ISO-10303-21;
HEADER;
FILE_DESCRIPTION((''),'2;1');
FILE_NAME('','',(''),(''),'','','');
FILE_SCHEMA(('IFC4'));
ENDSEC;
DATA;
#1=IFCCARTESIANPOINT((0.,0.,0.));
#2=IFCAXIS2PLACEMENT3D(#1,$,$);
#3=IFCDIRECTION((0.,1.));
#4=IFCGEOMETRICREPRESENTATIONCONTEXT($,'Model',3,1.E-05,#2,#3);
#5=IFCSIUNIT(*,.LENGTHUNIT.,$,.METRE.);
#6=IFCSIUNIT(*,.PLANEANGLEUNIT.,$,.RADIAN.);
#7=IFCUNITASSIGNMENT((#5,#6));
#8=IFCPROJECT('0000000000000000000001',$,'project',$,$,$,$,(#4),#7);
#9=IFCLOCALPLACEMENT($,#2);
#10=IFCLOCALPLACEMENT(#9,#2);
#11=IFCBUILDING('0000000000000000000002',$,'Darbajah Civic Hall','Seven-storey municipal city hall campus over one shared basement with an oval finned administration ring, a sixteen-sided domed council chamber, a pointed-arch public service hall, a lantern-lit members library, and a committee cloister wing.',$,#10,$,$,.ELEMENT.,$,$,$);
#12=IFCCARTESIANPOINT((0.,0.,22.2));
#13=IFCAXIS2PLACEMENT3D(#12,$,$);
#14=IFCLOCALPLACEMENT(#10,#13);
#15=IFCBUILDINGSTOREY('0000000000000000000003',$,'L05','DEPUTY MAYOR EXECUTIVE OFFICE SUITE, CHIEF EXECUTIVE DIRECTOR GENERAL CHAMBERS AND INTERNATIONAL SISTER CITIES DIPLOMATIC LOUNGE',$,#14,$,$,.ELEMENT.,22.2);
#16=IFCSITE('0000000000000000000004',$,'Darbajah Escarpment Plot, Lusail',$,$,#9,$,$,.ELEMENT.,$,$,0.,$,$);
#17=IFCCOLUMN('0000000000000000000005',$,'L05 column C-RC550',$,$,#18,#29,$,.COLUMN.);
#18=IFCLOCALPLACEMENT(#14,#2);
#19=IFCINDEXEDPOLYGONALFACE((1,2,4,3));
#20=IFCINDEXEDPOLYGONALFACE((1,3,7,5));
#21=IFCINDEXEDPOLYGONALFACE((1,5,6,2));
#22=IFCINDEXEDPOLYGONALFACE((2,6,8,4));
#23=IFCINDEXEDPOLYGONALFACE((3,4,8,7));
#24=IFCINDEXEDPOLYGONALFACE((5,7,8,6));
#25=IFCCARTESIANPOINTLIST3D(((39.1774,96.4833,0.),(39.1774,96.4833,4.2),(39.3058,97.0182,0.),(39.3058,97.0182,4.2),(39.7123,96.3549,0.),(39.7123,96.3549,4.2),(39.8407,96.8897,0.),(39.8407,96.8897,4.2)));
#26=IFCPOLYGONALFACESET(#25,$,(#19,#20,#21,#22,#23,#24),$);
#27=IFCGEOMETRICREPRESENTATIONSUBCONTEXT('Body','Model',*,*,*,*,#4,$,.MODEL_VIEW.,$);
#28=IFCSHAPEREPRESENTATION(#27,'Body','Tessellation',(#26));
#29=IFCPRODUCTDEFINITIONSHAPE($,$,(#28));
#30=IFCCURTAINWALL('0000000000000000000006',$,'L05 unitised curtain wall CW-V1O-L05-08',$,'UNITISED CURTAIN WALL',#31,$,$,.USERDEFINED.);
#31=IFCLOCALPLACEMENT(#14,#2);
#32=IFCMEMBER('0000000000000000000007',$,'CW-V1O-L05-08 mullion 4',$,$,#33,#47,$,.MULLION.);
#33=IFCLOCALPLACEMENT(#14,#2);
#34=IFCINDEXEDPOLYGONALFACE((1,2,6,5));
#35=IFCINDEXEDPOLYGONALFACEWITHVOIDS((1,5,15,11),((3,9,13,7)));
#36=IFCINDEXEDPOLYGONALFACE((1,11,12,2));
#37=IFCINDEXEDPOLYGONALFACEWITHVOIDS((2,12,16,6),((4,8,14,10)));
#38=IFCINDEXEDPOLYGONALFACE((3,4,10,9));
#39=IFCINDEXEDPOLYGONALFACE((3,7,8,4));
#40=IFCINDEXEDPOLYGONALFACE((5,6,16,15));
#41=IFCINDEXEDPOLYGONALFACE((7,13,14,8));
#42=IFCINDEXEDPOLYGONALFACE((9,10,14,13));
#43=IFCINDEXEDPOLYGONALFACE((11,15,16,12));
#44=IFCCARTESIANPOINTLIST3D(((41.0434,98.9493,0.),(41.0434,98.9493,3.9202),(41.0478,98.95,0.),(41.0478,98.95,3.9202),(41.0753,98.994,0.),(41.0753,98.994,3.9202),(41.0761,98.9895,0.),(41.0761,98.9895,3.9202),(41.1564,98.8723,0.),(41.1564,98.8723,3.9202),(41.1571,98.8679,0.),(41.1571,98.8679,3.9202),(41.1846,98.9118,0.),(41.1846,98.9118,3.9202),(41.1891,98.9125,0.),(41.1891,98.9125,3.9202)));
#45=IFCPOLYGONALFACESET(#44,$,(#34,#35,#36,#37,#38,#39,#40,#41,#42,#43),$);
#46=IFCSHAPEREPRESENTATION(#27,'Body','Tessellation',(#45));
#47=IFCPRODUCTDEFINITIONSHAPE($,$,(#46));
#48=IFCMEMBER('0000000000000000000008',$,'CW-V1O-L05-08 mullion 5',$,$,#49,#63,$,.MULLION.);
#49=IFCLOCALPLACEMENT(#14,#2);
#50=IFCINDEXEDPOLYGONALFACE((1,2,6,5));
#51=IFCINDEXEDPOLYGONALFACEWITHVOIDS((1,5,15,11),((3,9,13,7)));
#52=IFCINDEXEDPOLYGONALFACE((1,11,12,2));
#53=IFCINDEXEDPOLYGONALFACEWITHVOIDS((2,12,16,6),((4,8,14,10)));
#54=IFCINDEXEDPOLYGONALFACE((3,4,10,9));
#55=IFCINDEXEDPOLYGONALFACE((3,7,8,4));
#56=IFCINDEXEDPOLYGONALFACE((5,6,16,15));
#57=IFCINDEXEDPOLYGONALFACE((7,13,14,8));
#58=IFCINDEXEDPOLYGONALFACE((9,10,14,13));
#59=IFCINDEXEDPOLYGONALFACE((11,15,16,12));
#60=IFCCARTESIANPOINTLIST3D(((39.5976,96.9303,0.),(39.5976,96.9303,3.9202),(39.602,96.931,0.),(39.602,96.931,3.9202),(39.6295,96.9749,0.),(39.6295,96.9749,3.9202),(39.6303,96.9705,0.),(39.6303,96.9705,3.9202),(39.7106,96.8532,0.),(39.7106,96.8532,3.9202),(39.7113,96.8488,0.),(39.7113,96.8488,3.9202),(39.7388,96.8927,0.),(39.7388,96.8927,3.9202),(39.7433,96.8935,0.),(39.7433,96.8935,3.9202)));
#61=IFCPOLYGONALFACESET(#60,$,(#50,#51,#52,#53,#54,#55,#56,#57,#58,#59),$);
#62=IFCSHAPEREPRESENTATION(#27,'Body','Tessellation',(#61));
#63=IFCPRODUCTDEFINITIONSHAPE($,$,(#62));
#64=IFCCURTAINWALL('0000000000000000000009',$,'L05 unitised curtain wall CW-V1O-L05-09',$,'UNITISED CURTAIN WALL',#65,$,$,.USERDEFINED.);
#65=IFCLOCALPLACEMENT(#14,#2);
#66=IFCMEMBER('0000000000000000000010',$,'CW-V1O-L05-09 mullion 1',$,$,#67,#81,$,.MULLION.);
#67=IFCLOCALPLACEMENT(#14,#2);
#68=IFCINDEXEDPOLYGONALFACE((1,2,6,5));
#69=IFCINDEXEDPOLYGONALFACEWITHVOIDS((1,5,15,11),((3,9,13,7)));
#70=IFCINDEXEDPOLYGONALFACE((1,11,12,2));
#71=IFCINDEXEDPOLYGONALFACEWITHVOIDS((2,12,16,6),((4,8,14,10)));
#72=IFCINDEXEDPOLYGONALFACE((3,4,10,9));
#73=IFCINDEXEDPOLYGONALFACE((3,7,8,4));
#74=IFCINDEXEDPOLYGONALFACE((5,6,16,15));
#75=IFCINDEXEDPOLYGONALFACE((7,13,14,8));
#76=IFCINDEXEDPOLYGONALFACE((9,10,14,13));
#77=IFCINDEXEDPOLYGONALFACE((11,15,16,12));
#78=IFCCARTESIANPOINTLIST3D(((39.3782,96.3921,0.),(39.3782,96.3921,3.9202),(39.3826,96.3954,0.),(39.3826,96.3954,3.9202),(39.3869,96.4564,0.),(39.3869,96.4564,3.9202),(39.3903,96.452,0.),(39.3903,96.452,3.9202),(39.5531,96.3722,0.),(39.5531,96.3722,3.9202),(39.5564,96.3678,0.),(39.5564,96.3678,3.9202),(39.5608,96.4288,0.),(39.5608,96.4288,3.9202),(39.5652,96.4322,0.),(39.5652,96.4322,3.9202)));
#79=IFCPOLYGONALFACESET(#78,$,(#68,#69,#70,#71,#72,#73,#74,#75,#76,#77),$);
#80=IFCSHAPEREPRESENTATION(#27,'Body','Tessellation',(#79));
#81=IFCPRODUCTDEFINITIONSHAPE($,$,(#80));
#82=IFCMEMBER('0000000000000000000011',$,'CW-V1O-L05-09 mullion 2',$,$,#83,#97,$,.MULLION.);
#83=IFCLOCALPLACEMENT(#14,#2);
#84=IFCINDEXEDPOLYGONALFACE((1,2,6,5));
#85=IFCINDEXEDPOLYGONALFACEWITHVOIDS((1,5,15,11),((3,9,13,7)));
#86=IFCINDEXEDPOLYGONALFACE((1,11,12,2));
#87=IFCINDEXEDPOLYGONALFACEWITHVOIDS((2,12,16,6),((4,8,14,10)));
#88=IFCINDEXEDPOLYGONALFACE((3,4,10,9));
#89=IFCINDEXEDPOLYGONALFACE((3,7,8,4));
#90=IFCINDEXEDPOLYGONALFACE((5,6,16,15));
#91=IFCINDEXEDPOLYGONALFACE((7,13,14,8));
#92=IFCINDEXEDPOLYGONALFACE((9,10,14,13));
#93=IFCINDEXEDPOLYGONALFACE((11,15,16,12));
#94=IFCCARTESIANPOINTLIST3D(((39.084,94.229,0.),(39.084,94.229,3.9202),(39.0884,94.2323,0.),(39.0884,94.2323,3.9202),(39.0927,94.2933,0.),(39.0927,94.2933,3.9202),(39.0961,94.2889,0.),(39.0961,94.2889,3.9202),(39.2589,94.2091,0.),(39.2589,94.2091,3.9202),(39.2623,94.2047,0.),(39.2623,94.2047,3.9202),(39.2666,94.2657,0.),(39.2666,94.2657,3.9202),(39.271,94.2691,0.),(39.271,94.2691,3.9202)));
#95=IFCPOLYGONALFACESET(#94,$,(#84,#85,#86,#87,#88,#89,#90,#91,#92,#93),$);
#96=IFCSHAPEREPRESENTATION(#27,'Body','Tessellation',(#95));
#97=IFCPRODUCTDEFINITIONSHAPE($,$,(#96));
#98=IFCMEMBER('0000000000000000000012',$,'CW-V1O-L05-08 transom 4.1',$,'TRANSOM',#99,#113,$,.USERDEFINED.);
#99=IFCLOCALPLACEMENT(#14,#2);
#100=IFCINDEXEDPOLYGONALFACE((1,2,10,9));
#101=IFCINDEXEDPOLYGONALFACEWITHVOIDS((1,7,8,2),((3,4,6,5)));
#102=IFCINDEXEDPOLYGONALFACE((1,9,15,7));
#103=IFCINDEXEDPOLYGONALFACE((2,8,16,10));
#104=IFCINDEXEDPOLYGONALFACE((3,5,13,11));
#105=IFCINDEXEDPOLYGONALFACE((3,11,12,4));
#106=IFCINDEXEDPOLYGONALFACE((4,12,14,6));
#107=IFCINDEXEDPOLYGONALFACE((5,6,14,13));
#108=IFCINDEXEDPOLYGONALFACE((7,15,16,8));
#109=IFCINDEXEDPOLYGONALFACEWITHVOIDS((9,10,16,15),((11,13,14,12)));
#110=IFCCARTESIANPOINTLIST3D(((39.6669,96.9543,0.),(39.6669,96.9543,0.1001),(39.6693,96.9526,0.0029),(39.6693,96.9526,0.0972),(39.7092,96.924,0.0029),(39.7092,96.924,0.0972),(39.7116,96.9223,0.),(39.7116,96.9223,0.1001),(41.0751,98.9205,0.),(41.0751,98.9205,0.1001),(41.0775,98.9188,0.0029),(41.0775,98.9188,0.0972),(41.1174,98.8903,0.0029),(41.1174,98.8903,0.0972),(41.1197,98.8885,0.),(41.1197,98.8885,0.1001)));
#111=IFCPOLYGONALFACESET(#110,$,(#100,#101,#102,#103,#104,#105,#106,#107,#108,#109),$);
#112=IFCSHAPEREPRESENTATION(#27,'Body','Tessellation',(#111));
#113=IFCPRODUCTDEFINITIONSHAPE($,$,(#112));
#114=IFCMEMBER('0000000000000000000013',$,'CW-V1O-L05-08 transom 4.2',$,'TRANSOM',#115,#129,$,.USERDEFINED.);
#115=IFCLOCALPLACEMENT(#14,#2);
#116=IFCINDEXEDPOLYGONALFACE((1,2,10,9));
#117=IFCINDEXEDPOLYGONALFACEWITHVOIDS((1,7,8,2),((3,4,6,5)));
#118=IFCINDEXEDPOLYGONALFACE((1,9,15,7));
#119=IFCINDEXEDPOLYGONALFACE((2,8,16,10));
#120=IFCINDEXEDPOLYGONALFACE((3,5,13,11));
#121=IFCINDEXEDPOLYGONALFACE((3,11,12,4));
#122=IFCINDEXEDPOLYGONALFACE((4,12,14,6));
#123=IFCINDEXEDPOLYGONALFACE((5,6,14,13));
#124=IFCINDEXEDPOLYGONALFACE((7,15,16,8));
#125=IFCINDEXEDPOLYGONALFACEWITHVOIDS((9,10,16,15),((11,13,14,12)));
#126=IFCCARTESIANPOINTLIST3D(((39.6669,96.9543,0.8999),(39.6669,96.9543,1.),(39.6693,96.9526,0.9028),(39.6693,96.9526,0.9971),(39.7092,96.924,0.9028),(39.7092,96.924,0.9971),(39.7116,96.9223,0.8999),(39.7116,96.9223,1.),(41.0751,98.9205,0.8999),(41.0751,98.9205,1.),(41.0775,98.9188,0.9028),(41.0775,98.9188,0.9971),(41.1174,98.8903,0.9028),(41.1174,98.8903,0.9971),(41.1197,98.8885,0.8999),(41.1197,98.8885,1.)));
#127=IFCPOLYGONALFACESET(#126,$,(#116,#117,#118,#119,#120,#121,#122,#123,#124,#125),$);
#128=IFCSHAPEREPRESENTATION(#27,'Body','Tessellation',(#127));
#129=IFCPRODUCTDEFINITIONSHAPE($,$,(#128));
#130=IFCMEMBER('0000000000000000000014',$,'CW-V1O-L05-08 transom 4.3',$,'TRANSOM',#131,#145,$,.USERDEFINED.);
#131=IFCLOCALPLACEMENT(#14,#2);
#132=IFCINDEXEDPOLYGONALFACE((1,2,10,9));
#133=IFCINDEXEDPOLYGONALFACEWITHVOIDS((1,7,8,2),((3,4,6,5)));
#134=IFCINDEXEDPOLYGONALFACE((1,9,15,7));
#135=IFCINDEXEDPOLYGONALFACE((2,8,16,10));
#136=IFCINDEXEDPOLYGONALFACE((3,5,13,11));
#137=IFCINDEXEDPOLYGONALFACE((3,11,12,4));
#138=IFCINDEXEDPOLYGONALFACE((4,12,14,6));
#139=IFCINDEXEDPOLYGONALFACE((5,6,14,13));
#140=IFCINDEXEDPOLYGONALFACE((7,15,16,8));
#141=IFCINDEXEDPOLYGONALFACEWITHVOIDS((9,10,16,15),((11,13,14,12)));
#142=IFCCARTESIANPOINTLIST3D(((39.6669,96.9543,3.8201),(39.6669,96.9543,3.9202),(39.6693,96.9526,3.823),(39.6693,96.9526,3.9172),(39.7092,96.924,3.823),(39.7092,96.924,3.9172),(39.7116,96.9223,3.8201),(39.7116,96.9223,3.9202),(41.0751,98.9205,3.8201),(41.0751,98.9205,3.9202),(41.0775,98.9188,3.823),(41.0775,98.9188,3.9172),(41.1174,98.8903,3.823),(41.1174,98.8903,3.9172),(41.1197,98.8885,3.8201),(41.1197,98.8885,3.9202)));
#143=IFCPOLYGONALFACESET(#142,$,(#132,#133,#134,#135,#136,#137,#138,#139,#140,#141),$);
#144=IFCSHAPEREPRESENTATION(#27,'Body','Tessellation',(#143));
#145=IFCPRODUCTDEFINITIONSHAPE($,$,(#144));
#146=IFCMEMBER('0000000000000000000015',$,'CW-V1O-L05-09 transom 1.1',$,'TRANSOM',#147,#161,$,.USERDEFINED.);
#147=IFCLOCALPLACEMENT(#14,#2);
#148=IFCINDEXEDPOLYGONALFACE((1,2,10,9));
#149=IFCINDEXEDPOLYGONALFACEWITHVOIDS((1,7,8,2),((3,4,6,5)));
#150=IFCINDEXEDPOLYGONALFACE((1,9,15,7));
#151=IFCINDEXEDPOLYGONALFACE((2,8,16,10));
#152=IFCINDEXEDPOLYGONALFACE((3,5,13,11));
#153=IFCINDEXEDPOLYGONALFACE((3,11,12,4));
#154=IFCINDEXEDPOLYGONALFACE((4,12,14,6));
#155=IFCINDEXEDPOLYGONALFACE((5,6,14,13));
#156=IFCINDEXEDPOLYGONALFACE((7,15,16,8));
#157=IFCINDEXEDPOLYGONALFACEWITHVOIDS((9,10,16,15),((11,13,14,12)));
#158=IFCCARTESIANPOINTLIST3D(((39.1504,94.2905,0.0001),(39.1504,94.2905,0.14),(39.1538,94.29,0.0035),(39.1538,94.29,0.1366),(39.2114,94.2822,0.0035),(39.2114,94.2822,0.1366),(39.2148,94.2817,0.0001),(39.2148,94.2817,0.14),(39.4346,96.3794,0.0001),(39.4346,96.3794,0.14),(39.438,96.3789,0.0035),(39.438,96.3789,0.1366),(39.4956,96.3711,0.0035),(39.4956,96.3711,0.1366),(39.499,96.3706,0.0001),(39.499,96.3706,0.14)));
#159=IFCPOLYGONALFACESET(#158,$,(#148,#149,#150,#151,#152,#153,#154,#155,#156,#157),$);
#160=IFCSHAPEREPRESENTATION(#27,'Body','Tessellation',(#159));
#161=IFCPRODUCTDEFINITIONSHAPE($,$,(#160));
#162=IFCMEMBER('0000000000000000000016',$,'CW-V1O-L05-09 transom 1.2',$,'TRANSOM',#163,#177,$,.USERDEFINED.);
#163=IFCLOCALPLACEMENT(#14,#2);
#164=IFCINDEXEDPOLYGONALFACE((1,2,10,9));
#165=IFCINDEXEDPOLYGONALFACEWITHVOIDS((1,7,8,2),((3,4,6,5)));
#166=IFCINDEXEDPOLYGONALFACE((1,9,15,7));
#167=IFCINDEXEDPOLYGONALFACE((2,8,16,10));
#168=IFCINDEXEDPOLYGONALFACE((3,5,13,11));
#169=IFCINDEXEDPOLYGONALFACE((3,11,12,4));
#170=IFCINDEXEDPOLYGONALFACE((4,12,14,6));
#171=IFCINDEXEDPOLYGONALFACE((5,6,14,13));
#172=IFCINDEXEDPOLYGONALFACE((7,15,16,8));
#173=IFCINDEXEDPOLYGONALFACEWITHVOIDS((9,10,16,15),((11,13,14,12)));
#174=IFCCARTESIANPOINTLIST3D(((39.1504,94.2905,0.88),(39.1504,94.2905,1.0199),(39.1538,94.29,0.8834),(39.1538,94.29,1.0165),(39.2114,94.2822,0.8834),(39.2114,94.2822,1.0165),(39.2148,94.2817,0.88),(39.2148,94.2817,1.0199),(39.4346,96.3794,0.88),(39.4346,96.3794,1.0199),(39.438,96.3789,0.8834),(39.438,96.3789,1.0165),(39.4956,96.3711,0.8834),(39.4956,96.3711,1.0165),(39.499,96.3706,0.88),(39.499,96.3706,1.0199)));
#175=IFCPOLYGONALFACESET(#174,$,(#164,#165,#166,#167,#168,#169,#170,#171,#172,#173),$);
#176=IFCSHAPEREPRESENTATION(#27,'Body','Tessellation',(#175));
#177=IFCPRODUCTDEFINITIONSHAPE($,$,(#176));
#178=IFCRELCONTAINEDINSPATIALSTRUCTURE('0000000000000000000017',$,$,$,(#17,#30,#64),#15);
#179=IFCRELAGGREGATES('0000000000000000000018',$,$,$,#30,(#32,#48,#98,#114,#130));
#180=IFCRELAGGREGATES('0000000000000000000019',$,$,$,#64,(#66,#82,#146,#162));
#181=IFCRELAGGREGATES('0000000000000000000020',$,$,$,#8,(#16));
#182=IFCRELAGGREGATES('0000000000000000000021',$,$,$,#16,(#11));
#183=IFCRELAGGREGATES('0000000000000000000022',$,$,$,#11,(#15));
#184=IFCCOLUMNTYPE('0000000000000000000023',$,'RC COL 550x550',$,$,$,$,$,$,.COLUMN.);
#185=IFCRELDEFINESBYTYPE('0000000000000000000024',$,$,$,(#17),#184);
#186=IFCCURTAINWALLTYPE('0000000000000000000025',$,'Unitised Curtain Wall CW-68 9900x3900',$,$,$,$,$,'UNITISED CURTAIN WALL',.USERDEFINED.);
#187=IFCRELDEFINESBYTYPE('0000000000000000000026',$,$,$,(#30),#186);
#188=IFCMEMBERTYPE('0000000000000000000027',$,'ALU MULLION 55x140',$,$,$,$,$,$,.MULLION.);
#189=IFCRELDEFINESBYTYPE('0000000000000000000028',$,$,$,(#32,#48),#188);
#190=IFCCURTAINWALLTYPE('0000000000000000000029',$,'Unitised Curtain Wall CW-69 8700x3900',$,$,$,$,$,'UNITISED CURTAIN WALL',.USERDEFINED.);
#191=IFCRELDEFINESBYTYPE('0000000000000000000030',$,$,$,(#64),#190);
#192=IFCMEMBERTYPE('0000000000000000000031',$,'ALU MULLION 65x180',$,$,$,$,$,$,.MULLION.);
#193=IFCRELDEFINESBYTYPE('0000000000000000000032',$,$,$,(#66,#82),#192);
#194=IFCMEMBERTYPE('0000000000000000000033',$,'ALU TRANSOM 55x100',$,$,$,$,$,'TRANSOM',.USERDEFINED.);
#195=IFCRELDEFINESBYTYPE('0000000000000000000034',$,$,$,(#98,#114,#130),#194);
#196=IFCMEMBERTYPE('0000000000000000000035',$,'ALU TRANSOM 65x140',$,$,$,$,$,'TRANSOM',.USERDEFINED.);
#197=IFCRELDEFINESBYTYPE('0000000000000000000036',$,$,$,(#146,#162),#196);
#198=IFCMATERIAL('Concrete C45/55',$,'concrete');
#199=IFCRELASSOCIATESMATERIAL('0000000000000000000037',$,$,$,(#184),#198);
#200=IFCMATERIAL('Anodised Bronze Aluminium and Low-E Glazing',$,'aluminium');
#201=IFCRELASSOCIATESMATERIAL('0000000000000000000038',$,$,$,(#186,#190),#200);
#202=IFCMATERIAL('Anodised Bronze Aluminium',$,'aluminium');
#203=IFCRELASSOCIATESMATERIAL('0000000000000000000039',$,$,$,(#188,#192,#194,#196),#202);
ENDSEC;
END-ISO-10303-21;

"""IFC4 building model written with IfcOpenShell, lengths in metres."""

from ifc_helpers import new_model, si_unit, direction, frame, origin, origin_2d, place, context, subcontext, project, spatial, rectangle, hollow_rectangle, extrude, material, material_profile, profile_set, type_object, element, aggregate, save


model = new_model("IFC4")

# Units and contexts
model_context = context("Model", 3, precision=1e-05, world=origin(), true_north=direction((0.0, 1.0)))
body_context = subcontext(model_context, "Body", "Model", "MODEL_VIEW")
ifc_project = project(units=[si_unit("LENGTHUNIT", "METRE"), si_unit("PLANEANGLEUNIT", "RADIAN")], contexts=[model_context])

# Site, building, storey
site_placement = place(None, origin())
site = spatial("IfcSite", under=ifc_project, at=site_placement, Name="Darbajah Escarpment Plot, Lusail", CompositionType="ELEMENT", RefElevation=0.0)
building_placement = place(site_placement, origin())
building = spatial("IfcBuilding", under=site, at=building_placement, Name="Darbajah Civic Hall", Description="Seven-storey municipal city hall campus over one shared basement with an oval finned administration ring, a sixteen-sided domed council chamber, a pointed-arch public service hall, a lantern-lit members library, and a committee cloister wing.", CompositionType="ELEMENT")
storey_placement = place(building_placement, frame((0.0, 0.0, 22.2)))
storey = spatial("IfcBuildingStorey", under=building, at=storey_placement, Name="L05", Description="DEPUTY MAYOR EXECUTIVE OFFICE SUITE, CHIEF EXECUTIVE DIRECTOR GENERAL CHAMBERS AND INTERNATIONAL SISTER CITIES DIPLOMATIC LOUNGE", CompositionType="ELEMENT", Elevation=22.2)

# Column
ifc_material_1 = material(Name="Concrete C45/55", Category="concrete")
ifc_material_profile_1 = material_profile(ifc_material_1, rectangle(XDim=0.55, YDim=0.55, at=origin_2d()), Name="RC COL 550x550")
ifc_profile_set_1 = profile_set([ifc_material_profile_1], Name="Concrete C45/55")
column_type = type_object("IfcColumnType", Name="RC COL 550x550", PredefinedType="COLUMN", material=ifc_profile_set_1)
column_placement = place(storey_placement, frame((39.509, 96.6865, 0.0), z_axis=(0.0, 0.0, 1.0), x_axis=(-0.97237, 0.233445, 0.0)))
element("IfcColumn", 1, at=column_placement, inside=storey, type_object=column_type, Name="L05 column C-RC550", PredefinedType="COLUMN", context=body_context, shape_type="SweptSolid", body=[
    extrude(rectangle(XDim=0.55, YDim=0.55, at=origin_2d()), origin(), (0.0, 0.0, 1.0), 4.2),
])

# Curtain walls, members
ifc_material_2 = material(Name="Anodised Bronze Aluminium and Low-E Glazing", Category="aluminium")
curtain_wall_type_1 = type_object("IfcCurtainWallType", Name="Unitised Curtain Wall CW-68 9900x3900", ElementType="UNITISED CURTAIN WALL", PredefinedType="USERDEFINED", material=ifc_material_2)
curtain_wall_1_placement = place(storey_placement, origin())
curtain_wall_1 = element("IfcCurtainWall", 2, at=curtain_wall_1_placement, inside=storey, type_object=curtain_wall_type_1, Name="L05 unitised curtain wall CW-V1O-L05-08", ObjectType="UNITISED CURTAIN WALL", PredefinedType="USERDEFINED")
ifc_material_3 = material(Name="Anodised Bronze Aluminium", Category="aluminium")
ifc_material_profile_2 = material_profile(ifc_material_3, hollow_rectangle(XDim=0.0549, YDim=0.1399, WallThickness=0.0032, at=origin_2d()), Name="ALU MULLION 55x140")
ifc_profile_set_2 = profile_set([ifc_material_profile_2], Name="Anodised Bronze Aluminium")
member_type_1 = type_object("IfcMemberType", Name="ALU MULLION 55x140", PredefinedType="MULLION", material=ifc_profile_set_2)
member_1_placement = place(storey_placement, frame((41.1162, 98.9309, 0.0), z_axis=(0.0, 0.0, 1.0), x_axis=(-0.582265, -0.812999, 0.0)))
member_1 = element("IfcMember", 3, at=member_1_placement, type_object=member_type_1, Name="CW-V1O-L05-08 mullion 4", PredefinedType="MULLION", context=body_context, shape_type="SweptSolid", body=[
    extrude(hollow_rectangle(XDim=0.0549, YDim=0.1399, WallThickness=0.0032, at=origin_2d()), origin(), (0.0, 0.0, 1.0), 3.9202),
])
member_2_placement = place(storey_placement, frame((39.6704, 96.9119, 0.0), z_axis=(0.0, 0.0, 1.0), x_axis=(-0.582265, -0.812999, 0.0)))
member_2 = element("IfcMember", 4, at=member_2_placement, type_object=member_type_1, Name="CW-V1O-L05-08 mullion 5", PredefinedType="MULLION", context=body_context, shape_type="SweptSolid", body=[
    extrude(hollow_rectangle(XDim=0.0549, YDim=0.1399, WallThickness=0.0032, at=origin_2d()), origin(), (0.0, 0.0, 1.0), 3.9202),
])
curtain_wall_type_2 = type_object("IfcCurtainWallType", Name="Unitised Curtain Wall CW-69 8700x3900", ElementType="UNITISED CURTAIN WALL", PredefinedType="USERDEFINED", material=ifc_material_2)
curtain_wall_2_placement = place(storey_placement, origin())
curtain_wall_2 = element("IfcCurtainWall", 5, at=curtain_wall_2_placement, inside=storey, type_object=curtain_wall_type_2, Name="L05 unitised curtain wall CW-V1O-L05-09", ObjectType="UNITISED CURTAIN WALL", PredefinedType="USERDEFINED")
ifc_material_profile_3 = material_profile(ifc_material_3, hollow_rectangle(XDim=0.0649, YDim=0.1799, WallThickness=0.0039, at=origin_2d()), Name="ALU MULLION 65x180")
ifc_profile_set_3 = profile_set([ifc_material_profile_3], Name="Anodised Bronze Aluminium")
member_type_2 = type_object("IfcMemberType", Name="ALU MULLION 65x180", PredefinedType="MULLION", material=ifc_profile_set_3)
member_3_placement = place(storey_placement, frame((39.4717, 96.4121, 0.0), z_axis=(0.0, 0.0, 1.0), x_axis=(-0.134851, -0.990866, 0.0)))
member_3 = element("IfcMember", 6, at=member_3_placement, type_object=member_type_2, Name="CW-V1O-L05-09 mullion 1", PredefinedType="MULLION", context=body_context, shape_type="SweptSolid", body=[
    extrude(hollow_rectangle(XDim=0.0649, YDim=0.1799, WallThickness=0.0039, at=origin_2d()), origin(), (0.0, 0.0, 1.0), 3.9202),
])
member_4_placement = place(storey_placement, frame((39.1775, 94.249, 0.0), z_axis=(0.0, 0.0, 1.0), x_axis=(-0.134851, -0.990866, 0.0)))
member_4 = element("IfcMember", 7, at=member_4_placement, type_object=member_type_2, Name="CW-V1O-L05-09 mullion 2", PredefinedType="MULLION", context=body_context, shape_type="SweptSolid", body=[
    extrude(hollow_rectangle(XDim=0.0649, YDim=0.1799, WallThickness=0.0039, at=origin_2d()), origin(), (0.0, 0.0, 1.0), 3.9202),
])

# Members
ifc_material_profile_4 = material_profile(ifc_material_3, hollow_rectangle(XDim=0.0549, YDim=0.1001, WallThickness=0.0029, at=origin_2d()), Name="ALU TRANSOM 55x100")
ifc_profile_set_4 = profile_set([ifc_material_profile_4], Name="Anodised Bronze Aluminium")
member_type_3 = type_object("IfcMemberType", Name="ALU TRANSOM 55x100", ElementType="TRANSOM", PredefinedType="USERDEFINED", material=ifc_profile_set_4)
member_5_placement = place(storey_placement, frame((41.0974, 98.9045, 0.05), z_axis=(-0.58225, -0.81301, 0.0), x_axis=(0.81301, -0.58225, 0.0)))
member_5 = element("IfcMember", 8, at=member_5_placement, type_object=member_type_3, Name="CW-V1O-L05-08 transom 4.1", ObjectType="TRANSOM", PredefinedType="USERDEFINED", context=body_context, shape_type="SweptSolid", body=[
    extrude(hollow_rectangle(XDim=0.0549, YDim=0.1001, WallThickness=0.0029, at=origin_2d()), origin(), (0.0, 0.0, 1.0), 2.4185),
])
member_6_placement = place(storey_placement, frame((41.0974, 98.9045, 0.95), z_axis=(-0.58225, -0.81301, 0.0), x_axis=(0.81301, -0.58225, 0.0)))
member_6 = element("IfcMember", 9, at=member_6_placement, type_object=member_type_3, Name="CW-V1O-L05-08 transom 4.2", ObjectType="TRANSOM", PredefinedType="USERDEFINED", context=body_context, shape_type="SweptSolid", body=[
    extrude(hollow_rectangle(XDim=0.0549, YDim=0.1001, WallThickness=0.0029, at=origin_2d()), origin(), (0.0, 0.0, 1.0), 2.4185),
])
member_7_placement = place(storey_placement, frame((41.0974, 98.9045, 3.8701), z_axis=(-0.58225, -0.81301, 0.0), x_axis=(0.81301, -0.58225, 0.0)))
member_7 = element("IfcMember", 10, at=member_7_placement, type_object=member_type_3, Name="CW-V1O-L05-08 transom 4.3", ObjectType="TRANSOM", PredefinedType="USERDEFINED", context=body_context, shape_type="SweptSolid", body=[
    extrude(hollow_rectangle(XDim=0.0549, YDim=0.1001, WallThickness=0.0029, at=origin_2d()), origin(), (0.0, 0.0, 1.0), 2.4185),
])
ifc_material_profile_5 = material_profile(ifc_material_3, hollow_rectangle(XDim=0.0649, YDim=0.1399, WallThickness=0.0034, at=origin_2d()), Name="ALU TRANSOM 65x140")
ifc_profile_set_5 = profile_set([ifc_material_profile_5], Name="Anodised Bronze Aluminium")
member_type_4 = type_object("IfcMemberType", Name="ALU TRANSOM 65x140", ElementType="TRANSOM", PredefinedType="USERDEFINED", material=ifc_profile_set_5)
member_8_placement = place(storey_placement, frame((39.4668, 96.375, 0.0701), z_axis=(-0.134803, -0.990872, 0.0), x_axis=(0.990872, -0.134803, 0.0)))
member_8 = element("IfcMember", 11, at=member_8_placement, type_object=member_type_4, Name="CW-V1O-L05-09 transom 1.1", ObjectType="TRANSOM", PredefinedType="USERDEFINED", context=body_context, shape_type="SweptSolid", body=[
    extrude(hollow_rectangle(XDim=0.0649, YDim=0.1399, WallThickness=0.0034, at=origin_2d()), origin(), (0.0, 0.0, 1.0), 2.1082),
])
member_9_placement = place(storey_placement, frame((39.4668, 96.375, 0.95), z_axis=(-0.134803, -0.990872, 0.0), x_axis=(0.990872, -0.134803, 0.0)))
member_9 = element("IfcMember", 12, at=member_9_placement, type_object=member_type_4, Name="CW-V1O-L05-09 transom 1.2", ObjectType="TRANSOM", PredefinedType="USERDEFINED", context=body_context, shape_type="SweptSolid", body=[
    extrude(hollow_rectangle(XDim=0.0649, YDim=0.1399, WallThickness=0.0034, at=origin_2d()), origin(), (0.0, 0.0, 1.0), 2.1082),
])

aggregate(curtain_wall_1, [member_1, member_2, member_5, member_6, member_7])
aggregate(curtain_wall_2, [member_3, member_4, member_8, member_9])

save(model, "model.ifc")
